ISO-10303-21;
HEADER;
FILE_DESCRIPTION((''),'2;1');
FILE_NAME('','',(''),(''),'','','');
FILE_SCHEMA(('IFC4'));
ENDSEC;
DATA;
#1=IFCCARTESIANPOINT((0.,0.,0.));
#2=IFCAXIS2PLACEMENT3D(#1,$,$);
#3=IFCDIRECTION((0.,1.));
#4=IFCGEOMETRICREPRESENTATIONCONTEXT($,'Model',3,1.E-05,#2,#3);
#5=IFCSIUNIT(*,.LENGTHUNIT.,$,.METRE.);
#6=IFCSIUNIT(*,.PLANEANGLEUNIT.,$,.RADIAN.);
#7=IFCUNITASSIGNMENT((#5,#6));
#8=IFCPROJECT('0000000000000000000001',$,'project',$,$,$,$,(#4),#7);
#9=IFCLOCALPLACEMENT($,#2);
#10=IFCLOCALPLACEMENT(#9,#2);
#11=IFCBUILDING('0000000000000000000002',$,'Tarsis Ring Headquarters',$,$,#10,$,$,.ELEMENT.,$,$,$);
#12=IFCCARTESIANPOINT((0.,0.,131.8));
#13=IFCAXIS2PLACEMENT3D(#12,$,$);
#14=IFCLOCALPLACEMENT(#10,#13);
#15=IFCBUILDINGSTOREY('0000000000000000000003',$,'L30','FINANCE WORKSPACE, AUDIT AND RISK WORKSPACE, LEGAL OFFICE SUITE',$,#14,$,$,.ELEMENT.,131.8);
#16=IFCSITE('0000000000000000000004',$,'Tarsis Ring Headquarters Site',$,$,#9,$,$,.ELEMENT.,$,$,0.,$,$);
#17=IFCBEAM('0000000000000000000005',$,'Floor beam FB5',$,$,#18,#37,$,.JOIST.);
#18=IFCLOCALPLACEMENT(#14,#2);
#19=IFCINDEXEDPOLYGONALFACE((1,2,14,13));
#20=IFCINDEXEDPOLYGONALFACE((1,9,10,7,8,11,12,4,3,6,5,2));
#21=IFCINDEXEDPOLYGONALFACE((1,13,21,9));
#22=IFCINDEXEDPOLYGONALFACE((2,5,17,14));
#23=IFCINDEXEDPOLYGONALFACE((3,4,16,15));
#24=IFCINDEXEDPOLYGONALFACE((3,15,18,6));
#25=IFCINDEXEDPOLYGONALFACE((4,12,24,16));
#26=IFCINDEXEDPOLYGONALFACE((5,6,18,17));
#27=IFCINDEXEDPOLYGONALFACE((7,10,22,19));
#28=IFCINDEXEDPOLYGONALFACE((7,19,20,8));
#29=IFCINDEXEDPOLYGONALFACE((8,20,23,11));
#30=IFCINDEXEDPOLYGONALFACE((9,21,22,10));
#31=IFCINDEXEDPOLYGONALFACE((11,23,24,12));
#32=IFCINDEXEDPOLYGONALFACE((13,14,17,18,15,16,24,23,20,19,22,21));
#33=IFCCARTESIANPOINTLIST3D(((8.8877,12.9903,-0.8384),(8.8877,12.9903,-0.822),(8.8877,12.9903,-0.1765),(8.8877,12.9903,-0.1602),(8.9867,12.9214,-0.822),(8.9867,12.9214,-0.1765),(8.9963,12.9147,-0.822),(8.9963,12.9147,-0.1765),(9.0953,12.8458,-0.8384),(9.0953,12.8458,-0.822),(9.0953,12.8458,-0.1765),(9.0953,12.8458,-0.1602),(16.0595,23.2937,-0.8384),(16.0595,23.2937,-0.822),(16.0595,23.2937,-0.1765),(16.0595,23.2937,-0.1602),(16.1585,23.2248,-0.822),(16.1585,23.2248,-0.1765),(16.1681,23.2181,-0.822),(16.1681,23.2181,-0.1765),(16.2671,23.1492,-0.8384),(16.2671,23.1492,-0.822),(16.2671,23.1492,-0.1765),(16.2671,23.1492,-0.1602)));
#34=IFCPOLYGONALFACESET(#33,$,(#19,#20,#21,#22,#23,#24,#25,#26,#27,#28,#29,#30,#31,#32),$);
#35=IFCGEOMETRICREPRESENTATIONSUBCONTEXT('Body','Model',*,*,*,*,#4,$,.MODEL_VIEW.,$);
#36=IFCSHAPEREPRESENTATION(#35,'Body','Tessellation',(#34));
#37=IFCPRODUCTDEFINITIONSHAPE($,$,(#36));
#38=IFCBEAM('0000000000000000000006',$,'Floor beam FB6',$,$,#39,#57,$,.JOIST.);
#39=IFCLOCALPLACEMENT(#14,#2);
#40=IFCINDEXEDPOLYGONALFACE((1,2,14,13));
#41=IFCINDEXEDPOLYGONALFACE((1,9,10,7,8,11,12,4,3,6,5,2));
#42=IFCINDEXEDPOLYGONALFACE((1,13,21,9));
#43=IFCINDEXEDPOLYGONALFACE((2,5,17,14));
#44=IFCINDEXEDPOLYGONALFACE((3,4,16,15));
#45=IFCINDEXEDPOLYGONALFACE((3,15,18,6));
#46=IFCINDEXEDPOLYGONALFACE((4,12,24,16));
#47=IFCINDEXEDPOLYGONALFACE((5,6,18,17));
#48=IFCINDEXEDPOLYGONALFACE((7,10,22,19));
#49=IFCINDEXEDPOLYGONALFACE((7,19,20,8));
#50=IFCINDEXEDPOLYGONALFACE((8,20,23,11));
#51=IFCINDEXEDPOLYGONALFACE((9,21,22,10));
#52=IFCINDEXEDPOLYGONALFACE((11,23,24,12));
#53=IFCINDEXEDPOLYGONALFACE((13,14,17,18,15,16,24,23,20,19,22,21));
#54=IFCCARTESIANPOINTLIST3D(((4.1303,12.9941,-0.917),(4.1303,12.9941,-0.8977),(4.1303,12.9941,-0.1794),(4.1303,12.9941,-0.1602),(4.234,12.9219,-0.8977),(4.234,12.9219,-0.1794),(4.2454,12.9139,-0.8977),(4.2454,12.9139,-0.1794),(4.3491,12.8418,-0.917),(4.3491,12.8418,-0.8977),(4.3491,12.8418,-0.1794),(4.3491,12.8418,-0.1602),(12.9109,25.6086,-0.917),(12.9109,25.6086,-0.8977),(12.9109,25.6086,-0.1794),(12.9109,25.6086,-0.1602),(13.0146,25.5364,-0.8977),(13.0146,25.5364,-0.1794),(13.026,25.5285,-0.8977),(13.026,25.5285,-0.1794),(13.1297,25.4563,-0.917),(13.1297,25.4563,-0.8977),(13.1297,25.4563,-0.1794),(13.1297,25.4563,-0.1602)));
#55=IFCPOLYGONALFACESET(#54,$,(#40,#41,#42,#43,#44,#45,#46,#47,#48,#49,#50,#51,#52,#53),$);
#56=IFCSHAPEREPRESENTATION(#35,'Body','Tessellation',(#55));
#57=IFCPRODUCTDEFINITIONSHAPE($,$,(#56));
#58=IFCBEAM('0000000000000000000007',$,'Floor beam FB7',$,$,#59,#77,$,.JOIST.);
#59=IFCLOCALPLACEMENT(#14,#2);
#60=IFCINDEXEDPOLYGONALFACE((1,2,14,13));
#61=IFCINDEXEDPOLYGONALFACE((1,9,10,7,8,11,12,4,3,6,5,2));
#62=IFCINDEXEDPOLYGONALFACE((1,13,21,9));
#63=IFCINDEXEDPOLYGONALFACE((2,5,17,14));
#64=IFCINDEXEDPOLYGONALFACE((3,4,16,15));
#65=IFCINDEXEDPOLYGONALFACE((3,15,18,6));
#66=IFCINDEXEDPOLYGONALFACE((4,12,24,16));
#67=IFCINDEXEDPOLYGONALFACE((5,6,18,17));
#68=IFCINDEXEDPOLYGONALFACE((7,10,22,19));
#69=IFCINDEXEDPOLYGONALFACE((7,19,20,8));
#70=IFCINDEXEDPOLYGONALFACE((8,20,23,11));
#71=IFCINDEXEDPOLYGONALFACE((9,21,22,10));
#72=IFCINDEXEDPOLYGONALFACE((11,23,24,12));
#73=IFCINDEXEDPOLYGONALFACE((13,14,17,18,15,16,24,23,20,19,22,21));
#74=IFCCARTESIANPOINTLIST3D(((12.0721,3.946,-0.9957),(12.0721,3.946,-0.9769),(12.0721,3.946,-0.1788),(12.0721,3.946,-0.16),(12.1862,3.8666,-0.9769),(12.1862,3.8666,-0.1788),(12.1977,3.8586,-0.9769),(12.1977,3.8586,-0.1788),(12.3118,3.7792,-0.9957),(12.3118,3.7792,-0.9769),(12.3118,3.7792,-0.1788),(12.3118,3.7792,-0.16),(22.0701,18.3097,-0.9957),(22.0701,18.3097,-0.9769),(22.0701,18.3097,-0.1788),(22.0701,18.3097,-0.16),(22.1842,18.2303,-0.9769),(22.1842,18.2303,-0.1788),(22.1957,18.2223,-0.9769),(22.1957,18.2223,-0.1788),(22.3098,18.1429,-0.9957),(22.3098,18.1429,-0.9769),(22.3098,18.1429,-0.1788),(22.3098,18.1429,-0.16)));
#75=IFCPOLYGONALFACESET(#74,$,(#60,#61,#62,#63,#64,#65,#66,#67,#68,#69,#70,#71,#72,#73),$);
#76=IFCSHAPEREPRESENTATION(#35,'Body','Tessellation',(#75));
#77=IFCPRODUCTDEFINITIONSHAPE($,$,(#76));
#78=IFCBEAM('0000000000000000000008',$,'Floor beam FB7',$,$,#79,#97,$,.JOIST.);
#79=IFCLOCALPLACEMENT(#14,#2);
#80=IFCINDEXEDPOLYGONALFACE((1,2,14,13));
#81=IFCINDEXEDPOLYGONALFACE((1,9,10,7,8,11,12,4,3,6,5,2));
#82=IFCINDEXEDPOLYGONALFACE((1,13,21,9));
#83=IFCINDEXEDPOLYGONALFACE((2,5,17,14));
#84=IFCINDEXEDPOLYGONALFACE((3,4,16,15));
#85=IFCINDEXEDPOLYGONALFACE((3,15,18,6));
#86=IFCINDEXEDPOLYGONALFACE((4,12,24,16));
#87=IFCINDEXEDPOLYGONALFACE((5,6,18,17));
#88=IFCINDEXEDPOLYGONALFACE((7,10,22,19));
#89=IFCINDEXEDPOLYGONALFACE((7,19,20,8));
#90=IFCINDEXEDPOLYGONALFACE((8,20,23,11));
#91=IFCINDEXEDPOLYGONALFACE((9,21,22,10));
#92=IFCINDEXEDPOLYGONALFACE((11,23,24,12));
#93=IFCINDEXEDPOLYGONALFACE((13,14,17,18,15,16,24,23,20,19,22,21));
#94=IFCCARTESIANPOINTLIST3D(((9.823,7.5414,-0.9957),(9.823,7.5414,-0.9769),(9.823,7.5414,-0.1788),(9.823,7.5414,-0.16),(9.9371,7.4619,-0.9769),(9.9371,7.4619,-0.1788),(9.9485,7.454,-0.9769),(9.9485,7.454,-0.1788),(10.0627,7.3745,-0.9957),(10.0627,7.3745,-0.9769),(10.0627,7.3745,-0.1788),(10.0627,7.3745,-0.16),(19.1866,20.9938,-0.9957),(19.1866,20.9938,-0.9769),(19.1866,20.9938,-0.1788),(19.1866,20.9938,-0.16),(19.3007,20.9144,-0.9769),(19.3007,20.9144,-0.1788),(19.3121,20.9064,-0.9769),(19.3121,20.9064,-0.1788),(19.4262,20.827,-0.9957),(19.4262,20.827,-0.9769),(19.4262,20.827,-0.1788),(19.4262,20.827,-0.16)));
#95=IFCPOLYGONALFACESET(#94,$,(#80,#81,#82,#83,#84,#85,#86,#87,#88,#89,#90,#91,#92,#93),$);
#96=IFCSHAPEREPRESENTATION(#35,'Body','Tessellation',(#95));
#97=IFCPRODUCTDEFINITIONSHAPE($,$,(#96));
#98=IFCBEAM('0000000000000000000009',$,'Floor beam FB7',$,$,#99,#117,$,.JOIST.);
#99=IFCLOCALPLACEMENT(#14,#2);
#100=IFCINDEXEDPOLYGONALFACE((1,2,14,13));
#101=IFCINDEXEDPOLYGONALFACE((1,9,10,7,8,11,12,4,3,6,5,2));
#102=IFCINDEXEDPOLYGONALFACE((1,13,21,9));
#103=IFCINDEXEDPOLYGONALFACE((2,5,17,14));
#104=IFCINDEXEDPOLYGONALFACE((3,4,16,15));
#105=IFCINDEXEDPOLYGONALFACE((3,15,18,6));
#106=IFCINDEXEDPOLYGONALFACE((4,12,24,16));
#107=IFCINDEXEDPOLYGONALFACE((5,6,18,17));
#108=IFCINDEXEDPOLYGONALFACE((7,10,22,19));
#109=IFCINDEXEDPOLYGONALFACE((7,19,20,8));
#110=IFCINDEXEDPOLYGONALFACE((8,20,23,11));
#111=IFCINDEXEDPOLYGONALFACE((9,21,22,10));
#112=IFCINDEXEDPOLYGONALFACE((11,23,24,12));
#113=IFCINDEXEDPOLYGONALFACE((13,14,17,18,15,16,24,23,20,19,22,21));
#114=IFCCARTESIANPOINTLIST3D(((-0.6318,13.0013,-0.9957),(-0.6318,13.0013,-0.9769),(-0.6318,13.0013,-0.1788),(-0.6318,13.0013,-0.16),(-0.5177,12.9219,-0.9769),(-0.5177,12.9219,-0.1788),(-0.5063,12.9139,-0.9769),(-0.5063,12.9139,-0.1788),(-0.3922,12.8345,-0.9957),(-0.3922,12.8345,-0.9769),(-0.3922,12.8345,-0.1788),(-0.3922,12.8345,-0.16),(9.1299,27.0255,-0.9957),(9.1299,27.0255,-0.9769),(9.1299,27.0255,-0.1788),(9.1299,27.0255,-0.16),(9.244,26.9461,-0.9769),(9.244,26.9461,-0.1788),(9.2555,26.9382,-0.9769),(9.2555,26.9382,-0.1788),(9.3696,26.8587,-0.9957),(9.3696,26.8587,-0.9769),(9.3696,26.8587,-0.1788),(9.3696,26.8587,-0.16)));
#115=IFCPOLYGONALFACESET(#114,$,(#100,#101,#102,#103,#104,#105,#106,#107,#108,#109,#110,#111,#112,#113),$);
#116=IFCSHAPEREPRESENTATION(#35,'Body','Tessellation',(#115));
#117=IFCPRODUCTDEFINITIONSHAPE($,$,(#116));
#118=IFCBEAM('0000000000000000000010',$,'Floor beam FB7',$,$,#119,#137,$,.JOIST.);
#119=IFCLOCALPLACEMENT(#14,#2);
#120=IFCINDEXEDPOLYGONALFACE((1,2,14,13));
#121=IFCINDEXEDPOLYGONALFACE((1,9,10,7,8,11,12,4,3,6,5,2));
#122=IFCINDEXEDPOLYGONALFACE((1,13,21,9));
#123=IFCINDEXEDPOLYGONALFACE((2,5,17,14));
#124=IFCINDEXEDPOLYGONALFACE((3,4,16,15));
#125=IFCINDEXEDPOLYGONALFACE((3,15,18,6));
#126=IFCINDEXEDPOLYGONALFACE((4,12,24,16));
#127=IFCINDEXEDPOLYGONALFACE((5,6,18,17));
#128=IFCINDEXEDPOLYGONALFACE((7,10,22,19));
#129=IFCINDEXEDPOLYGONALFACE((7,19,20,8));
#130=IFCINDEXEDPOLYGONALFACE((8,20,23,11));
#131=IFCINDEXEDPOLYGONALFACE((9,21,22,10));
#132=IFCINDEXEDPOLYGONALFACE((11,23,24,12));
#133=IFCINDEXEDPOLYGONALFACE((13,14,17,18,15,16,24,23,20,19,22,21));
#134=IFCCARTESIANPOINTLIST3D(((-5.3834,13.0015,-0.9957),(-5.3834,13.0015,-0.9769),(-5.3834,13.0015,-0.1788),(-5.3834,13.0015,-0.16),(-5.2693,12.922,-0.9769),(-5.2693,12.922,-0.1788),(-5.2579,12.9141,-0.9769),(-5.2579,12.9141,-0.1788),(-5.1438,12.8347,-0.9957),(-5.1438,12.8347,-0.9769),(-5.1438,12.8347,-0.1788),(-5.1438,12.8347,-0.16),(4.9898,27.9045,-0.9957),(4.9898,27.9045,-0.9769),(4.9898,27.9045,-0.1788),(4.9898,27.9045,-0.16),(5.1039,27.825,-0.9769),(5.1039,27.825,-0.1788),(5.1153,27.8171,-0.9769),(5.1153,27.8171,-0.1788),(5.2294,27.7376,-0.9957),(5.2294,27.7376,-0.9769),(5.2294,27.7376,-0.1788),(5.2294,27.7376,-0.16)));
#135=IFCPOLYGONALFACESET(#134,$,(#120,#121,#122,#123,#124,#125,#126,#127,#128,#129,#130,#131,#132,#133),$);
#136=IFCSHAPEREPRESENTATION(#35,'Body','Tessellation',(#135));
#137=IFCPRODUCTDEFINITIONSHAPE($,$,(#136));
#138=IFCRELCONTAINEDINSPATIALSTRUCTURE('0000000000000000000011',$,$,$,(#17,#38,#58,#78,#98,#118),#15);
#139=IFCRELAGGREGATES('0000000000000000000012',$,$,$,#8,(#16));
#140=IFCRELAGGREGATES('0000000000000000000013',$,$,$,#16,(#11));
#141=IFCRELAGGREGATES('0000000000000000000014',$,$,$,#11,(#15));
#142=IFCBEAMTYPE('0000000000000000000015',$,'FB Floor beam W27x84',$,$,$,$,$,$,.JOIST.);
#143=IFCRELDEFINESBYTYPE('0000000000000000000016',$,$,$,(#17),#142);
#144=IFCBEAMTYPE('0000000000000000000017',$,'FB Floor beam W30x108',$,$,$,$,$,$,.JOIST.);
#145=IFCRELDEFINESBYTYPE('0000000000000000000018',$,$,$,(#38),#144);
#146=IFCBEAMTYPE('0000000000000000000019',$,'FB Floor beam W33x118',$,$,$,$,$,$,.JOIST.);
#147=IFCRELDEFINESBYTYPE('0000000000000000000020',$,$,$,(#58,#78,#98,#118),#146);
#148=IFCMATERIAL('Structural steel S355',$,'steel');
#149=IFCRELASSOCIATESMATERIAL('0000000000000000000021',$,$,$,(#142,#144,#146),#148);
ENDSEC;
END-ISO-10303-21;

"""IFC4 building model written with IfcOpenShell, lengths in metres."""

from ifc_helpers import new_model, si_unit, direction, frame, origin, origin_2d, place, context, subcontext, project, spatial, i_section, extrude, material, material_profile, profile_set, type_object, element, save


model = new_model("IFC4")

# Units and contexts
model_context = context("Model", 3, precision=1e-05, world=origin(), true_north=direction((0.0, 1.0)))
body_context = subcontext(model_context, "Body", "Model", "MODEL_VIEW")
ifc_project = project(units=[si_unit("LENGTHUNIT", "METRE"), si_unit("PLANEANGLEUNIT", "RADIAN")], contexts=[model_context])

# Site, building, storey
site_placement = place(None, origin())
site = spatial("IfcSite", under=ifc_project, at=site_placement, Name="Tarsis Ring Headquarters Site", CompositionType="ELEMENT", RefElevation=0.0)
building_placement = place(site_placement, origin())
building = spatial("IfcBuilding", under=site, at=building_placement, Name="Tarsis Ring Headquarters", CompositionType="ELEMENT")
storey_placement = place(building_placement, frame((0.0, 0.0, 131.8)))
storey = spatial("IfcBuildingStorey", under=building, at=storey_placement, Name="L30", Description="FINANCE WORKSPACE, AUDIT AND RISK WORKSPACE, LEGAL OFFICE SUITE", CompositionType="ELEMENT", Elevation=131.8)

# Shared definitions
ifc_material_1 = material(Name="Structural steel S355", Category="steel")

# Beams
ifc_material_profile_1 = material_profile(ifc_material_1, i_section(OverallWidth=0.2529, OverallDepth=0.6782, WebThickness=0.0117, FlangeThickness=0.0164, at=origin_2d()), Name="W27x84")
ifc_profile_set_1 = profile_set([ifc_material_profile_1], Name="Structural steel S355")
beam_type_1 = type_object("IfcBeamType", Name="FB Floor beam W27x84", PredefinedType="JOIST", material=ifc_profile_set_1)
beam_1_placement = place(storey_placement, frame((16.1633, 23.2214, -0.4993), z_axis=(-0.571292, -0.820747, 0.0), x_axis=(0.820747, -0.571292, 0.0)))
element("IfcBeam", 1, at=beam_1_placement, inside=storey, type_object=beam_type_1, Name="Floor beam FB5", PredefinedType="JOIST", context=body_context, shape_type="SweptSolid", body=[
    extrude(i_section(OverallWidth=0.2529, OverallDepth=0.6782, WebThickness=0.0117, FlangeThickness=0.0164, at=origin_2d()), origin(), (0.0, 0.0, 1.0), 12.5537),
])
ifc_material_profile_2 = material_profile(ifc_material_1, i_section(OverallWidth=0.2666, OverallDepth=0.7568, WebThickness=0.0139, FlangeThickness=0.0193, at=origin_2d()), Name="W30x108")
ifc_profile_set_2 = profile_set([ifc_material_profile_2], Name="Structural steel S355")
beam_type_2 = type_object("IfcBeamType", Name="FB Floor beam W30x108", PredefinedType="JOIST", material=ifc_profile_set_2)
beam_2_placement = place(storey_placement, frame((13.0203, 25.5325, -0.5386), z_axis=(-0.571293, -0.820746, 0.0), x_axis=(0.820746, -0.571293, 0.0)))
element("IfcBeam", 2, at=beam_2_placement, inside=storey, type_object=beam_type_2, Name="Floor beam FB6", PredefinedType="JOIST", context=body_context, shape_type="SweptSolid", body=[
    extrude(i_section(OverallWidth=0.2666, OverallDepth=0.7568, WebThickness=0.0139, FlangeThickness=0.0193, at=origin_2d()), origin(), (0.0, 0.0, 1.0), 15.3696),
])
ifc_material_profile_3 = material_profile(ifc_material_1, i_section(OverallWidth=0.292, OverallDepth=0.8357, WebThickness=0.0139, FlangeThickness=0.0188, at=origin_2d()), Name="W33x118")
ifc_profile_set_3 = profile_set([ifc_material_profile_3], Name="Structural steel S355")
beam_type_3 = type_object("IfcBeamType", Name="FB Floor beam W33x118", PredefinedType="JOIST", material=ifc_profile_set_3)
beam_3_placement = place(storey_placement, frame((22.1899, 18.2263, -0.5779), z_axis=(-0.57129, -0.820748, 0.0), x_axis=(0.820748, -0.57129, 0.0)))
element("IfcBeam", 3, at=beam_3_placement, inside=storey, type_object=beam_type_3, Name="Floor beam FB7", PredefinedType="JOIST", context=body_context, shape_type="SweptSolid", body=[
    extrude(i_section(OverallWidth=0.292, OverallDepth=0.8357, WebThickness=0.0139, FlangeThickness=0.0188, at=origin_2d()), origin(), (0.0, 0.0, 1.0), 17.5007),
])
beam_4_placement = place(storey_placement, frame((19.3064, 20.9104, -0.5779), z_axis=(-0.571284, -0.820752, 0.0), x_axis=(0.820752, -0.571284, 0.0)))
element("IfcBeam", 4, at=beam_4_placement, inside=storey, type_object=beam_type_3, Name="Floor beam FB7", PredefinedType="JOIST", context=body_context, shape_type="SweptSolid", body=[
    extrude(i_section(OverallWidth=0.292, OverallDepth=0.8357, WebThickness=0.0139, FlangeThickness=0.0188, at=origin_2d()), origin(), (0.0, 0.0, 1.0), 16.3904),
])
beam_5_placement = place(storey_placement, frame((9.2498, 26.9421, -0.5779), z_axis=(-0.571292, -0.820747, 0.0), x_axis=(0.820747, -0.571292, 0.0)))
element("IfcBeam", 5, at=beam_5_placement, inside=storey, type_object=beam_type_3, Name="Floor beam FB7", PredefinedType="JOIST", context=body_context, shape_type="SweptSolid", body=[
    extrude(i_section(OverallWidth=0.292, OverallDepth=0.8357, WebThickness=0.0139, FlangeThickness=0.0188, at=origin_2d()), origin(), (0.0, 0.0, 1.0), 17.0872),
])
beam_6_placement = place(storey_placement, frame((5.1096, 27.821, -0.5779), z_axis=(-0.571285, -0.820752, 0.0), x_axis=(0.820752, -0.571285, 0.0)))
element("IfcBeam", 6, at=beam_6_placement, inside=storey, type_object=beam_type_3, Name="Floor beam FB7", PredefinedType="JOIST", context=body_context, shape_type="SweptSolid", body=[
    extrude(i_section(OverallWidth=0.292, OverallDepth=0.8357, WebThickness=0.0139, FlangeThickness=0.0188, at=origin_2d()), origin(), (0.0, 0.0, 1.0), 18.1577),
])

save(model, "model.ifc")
